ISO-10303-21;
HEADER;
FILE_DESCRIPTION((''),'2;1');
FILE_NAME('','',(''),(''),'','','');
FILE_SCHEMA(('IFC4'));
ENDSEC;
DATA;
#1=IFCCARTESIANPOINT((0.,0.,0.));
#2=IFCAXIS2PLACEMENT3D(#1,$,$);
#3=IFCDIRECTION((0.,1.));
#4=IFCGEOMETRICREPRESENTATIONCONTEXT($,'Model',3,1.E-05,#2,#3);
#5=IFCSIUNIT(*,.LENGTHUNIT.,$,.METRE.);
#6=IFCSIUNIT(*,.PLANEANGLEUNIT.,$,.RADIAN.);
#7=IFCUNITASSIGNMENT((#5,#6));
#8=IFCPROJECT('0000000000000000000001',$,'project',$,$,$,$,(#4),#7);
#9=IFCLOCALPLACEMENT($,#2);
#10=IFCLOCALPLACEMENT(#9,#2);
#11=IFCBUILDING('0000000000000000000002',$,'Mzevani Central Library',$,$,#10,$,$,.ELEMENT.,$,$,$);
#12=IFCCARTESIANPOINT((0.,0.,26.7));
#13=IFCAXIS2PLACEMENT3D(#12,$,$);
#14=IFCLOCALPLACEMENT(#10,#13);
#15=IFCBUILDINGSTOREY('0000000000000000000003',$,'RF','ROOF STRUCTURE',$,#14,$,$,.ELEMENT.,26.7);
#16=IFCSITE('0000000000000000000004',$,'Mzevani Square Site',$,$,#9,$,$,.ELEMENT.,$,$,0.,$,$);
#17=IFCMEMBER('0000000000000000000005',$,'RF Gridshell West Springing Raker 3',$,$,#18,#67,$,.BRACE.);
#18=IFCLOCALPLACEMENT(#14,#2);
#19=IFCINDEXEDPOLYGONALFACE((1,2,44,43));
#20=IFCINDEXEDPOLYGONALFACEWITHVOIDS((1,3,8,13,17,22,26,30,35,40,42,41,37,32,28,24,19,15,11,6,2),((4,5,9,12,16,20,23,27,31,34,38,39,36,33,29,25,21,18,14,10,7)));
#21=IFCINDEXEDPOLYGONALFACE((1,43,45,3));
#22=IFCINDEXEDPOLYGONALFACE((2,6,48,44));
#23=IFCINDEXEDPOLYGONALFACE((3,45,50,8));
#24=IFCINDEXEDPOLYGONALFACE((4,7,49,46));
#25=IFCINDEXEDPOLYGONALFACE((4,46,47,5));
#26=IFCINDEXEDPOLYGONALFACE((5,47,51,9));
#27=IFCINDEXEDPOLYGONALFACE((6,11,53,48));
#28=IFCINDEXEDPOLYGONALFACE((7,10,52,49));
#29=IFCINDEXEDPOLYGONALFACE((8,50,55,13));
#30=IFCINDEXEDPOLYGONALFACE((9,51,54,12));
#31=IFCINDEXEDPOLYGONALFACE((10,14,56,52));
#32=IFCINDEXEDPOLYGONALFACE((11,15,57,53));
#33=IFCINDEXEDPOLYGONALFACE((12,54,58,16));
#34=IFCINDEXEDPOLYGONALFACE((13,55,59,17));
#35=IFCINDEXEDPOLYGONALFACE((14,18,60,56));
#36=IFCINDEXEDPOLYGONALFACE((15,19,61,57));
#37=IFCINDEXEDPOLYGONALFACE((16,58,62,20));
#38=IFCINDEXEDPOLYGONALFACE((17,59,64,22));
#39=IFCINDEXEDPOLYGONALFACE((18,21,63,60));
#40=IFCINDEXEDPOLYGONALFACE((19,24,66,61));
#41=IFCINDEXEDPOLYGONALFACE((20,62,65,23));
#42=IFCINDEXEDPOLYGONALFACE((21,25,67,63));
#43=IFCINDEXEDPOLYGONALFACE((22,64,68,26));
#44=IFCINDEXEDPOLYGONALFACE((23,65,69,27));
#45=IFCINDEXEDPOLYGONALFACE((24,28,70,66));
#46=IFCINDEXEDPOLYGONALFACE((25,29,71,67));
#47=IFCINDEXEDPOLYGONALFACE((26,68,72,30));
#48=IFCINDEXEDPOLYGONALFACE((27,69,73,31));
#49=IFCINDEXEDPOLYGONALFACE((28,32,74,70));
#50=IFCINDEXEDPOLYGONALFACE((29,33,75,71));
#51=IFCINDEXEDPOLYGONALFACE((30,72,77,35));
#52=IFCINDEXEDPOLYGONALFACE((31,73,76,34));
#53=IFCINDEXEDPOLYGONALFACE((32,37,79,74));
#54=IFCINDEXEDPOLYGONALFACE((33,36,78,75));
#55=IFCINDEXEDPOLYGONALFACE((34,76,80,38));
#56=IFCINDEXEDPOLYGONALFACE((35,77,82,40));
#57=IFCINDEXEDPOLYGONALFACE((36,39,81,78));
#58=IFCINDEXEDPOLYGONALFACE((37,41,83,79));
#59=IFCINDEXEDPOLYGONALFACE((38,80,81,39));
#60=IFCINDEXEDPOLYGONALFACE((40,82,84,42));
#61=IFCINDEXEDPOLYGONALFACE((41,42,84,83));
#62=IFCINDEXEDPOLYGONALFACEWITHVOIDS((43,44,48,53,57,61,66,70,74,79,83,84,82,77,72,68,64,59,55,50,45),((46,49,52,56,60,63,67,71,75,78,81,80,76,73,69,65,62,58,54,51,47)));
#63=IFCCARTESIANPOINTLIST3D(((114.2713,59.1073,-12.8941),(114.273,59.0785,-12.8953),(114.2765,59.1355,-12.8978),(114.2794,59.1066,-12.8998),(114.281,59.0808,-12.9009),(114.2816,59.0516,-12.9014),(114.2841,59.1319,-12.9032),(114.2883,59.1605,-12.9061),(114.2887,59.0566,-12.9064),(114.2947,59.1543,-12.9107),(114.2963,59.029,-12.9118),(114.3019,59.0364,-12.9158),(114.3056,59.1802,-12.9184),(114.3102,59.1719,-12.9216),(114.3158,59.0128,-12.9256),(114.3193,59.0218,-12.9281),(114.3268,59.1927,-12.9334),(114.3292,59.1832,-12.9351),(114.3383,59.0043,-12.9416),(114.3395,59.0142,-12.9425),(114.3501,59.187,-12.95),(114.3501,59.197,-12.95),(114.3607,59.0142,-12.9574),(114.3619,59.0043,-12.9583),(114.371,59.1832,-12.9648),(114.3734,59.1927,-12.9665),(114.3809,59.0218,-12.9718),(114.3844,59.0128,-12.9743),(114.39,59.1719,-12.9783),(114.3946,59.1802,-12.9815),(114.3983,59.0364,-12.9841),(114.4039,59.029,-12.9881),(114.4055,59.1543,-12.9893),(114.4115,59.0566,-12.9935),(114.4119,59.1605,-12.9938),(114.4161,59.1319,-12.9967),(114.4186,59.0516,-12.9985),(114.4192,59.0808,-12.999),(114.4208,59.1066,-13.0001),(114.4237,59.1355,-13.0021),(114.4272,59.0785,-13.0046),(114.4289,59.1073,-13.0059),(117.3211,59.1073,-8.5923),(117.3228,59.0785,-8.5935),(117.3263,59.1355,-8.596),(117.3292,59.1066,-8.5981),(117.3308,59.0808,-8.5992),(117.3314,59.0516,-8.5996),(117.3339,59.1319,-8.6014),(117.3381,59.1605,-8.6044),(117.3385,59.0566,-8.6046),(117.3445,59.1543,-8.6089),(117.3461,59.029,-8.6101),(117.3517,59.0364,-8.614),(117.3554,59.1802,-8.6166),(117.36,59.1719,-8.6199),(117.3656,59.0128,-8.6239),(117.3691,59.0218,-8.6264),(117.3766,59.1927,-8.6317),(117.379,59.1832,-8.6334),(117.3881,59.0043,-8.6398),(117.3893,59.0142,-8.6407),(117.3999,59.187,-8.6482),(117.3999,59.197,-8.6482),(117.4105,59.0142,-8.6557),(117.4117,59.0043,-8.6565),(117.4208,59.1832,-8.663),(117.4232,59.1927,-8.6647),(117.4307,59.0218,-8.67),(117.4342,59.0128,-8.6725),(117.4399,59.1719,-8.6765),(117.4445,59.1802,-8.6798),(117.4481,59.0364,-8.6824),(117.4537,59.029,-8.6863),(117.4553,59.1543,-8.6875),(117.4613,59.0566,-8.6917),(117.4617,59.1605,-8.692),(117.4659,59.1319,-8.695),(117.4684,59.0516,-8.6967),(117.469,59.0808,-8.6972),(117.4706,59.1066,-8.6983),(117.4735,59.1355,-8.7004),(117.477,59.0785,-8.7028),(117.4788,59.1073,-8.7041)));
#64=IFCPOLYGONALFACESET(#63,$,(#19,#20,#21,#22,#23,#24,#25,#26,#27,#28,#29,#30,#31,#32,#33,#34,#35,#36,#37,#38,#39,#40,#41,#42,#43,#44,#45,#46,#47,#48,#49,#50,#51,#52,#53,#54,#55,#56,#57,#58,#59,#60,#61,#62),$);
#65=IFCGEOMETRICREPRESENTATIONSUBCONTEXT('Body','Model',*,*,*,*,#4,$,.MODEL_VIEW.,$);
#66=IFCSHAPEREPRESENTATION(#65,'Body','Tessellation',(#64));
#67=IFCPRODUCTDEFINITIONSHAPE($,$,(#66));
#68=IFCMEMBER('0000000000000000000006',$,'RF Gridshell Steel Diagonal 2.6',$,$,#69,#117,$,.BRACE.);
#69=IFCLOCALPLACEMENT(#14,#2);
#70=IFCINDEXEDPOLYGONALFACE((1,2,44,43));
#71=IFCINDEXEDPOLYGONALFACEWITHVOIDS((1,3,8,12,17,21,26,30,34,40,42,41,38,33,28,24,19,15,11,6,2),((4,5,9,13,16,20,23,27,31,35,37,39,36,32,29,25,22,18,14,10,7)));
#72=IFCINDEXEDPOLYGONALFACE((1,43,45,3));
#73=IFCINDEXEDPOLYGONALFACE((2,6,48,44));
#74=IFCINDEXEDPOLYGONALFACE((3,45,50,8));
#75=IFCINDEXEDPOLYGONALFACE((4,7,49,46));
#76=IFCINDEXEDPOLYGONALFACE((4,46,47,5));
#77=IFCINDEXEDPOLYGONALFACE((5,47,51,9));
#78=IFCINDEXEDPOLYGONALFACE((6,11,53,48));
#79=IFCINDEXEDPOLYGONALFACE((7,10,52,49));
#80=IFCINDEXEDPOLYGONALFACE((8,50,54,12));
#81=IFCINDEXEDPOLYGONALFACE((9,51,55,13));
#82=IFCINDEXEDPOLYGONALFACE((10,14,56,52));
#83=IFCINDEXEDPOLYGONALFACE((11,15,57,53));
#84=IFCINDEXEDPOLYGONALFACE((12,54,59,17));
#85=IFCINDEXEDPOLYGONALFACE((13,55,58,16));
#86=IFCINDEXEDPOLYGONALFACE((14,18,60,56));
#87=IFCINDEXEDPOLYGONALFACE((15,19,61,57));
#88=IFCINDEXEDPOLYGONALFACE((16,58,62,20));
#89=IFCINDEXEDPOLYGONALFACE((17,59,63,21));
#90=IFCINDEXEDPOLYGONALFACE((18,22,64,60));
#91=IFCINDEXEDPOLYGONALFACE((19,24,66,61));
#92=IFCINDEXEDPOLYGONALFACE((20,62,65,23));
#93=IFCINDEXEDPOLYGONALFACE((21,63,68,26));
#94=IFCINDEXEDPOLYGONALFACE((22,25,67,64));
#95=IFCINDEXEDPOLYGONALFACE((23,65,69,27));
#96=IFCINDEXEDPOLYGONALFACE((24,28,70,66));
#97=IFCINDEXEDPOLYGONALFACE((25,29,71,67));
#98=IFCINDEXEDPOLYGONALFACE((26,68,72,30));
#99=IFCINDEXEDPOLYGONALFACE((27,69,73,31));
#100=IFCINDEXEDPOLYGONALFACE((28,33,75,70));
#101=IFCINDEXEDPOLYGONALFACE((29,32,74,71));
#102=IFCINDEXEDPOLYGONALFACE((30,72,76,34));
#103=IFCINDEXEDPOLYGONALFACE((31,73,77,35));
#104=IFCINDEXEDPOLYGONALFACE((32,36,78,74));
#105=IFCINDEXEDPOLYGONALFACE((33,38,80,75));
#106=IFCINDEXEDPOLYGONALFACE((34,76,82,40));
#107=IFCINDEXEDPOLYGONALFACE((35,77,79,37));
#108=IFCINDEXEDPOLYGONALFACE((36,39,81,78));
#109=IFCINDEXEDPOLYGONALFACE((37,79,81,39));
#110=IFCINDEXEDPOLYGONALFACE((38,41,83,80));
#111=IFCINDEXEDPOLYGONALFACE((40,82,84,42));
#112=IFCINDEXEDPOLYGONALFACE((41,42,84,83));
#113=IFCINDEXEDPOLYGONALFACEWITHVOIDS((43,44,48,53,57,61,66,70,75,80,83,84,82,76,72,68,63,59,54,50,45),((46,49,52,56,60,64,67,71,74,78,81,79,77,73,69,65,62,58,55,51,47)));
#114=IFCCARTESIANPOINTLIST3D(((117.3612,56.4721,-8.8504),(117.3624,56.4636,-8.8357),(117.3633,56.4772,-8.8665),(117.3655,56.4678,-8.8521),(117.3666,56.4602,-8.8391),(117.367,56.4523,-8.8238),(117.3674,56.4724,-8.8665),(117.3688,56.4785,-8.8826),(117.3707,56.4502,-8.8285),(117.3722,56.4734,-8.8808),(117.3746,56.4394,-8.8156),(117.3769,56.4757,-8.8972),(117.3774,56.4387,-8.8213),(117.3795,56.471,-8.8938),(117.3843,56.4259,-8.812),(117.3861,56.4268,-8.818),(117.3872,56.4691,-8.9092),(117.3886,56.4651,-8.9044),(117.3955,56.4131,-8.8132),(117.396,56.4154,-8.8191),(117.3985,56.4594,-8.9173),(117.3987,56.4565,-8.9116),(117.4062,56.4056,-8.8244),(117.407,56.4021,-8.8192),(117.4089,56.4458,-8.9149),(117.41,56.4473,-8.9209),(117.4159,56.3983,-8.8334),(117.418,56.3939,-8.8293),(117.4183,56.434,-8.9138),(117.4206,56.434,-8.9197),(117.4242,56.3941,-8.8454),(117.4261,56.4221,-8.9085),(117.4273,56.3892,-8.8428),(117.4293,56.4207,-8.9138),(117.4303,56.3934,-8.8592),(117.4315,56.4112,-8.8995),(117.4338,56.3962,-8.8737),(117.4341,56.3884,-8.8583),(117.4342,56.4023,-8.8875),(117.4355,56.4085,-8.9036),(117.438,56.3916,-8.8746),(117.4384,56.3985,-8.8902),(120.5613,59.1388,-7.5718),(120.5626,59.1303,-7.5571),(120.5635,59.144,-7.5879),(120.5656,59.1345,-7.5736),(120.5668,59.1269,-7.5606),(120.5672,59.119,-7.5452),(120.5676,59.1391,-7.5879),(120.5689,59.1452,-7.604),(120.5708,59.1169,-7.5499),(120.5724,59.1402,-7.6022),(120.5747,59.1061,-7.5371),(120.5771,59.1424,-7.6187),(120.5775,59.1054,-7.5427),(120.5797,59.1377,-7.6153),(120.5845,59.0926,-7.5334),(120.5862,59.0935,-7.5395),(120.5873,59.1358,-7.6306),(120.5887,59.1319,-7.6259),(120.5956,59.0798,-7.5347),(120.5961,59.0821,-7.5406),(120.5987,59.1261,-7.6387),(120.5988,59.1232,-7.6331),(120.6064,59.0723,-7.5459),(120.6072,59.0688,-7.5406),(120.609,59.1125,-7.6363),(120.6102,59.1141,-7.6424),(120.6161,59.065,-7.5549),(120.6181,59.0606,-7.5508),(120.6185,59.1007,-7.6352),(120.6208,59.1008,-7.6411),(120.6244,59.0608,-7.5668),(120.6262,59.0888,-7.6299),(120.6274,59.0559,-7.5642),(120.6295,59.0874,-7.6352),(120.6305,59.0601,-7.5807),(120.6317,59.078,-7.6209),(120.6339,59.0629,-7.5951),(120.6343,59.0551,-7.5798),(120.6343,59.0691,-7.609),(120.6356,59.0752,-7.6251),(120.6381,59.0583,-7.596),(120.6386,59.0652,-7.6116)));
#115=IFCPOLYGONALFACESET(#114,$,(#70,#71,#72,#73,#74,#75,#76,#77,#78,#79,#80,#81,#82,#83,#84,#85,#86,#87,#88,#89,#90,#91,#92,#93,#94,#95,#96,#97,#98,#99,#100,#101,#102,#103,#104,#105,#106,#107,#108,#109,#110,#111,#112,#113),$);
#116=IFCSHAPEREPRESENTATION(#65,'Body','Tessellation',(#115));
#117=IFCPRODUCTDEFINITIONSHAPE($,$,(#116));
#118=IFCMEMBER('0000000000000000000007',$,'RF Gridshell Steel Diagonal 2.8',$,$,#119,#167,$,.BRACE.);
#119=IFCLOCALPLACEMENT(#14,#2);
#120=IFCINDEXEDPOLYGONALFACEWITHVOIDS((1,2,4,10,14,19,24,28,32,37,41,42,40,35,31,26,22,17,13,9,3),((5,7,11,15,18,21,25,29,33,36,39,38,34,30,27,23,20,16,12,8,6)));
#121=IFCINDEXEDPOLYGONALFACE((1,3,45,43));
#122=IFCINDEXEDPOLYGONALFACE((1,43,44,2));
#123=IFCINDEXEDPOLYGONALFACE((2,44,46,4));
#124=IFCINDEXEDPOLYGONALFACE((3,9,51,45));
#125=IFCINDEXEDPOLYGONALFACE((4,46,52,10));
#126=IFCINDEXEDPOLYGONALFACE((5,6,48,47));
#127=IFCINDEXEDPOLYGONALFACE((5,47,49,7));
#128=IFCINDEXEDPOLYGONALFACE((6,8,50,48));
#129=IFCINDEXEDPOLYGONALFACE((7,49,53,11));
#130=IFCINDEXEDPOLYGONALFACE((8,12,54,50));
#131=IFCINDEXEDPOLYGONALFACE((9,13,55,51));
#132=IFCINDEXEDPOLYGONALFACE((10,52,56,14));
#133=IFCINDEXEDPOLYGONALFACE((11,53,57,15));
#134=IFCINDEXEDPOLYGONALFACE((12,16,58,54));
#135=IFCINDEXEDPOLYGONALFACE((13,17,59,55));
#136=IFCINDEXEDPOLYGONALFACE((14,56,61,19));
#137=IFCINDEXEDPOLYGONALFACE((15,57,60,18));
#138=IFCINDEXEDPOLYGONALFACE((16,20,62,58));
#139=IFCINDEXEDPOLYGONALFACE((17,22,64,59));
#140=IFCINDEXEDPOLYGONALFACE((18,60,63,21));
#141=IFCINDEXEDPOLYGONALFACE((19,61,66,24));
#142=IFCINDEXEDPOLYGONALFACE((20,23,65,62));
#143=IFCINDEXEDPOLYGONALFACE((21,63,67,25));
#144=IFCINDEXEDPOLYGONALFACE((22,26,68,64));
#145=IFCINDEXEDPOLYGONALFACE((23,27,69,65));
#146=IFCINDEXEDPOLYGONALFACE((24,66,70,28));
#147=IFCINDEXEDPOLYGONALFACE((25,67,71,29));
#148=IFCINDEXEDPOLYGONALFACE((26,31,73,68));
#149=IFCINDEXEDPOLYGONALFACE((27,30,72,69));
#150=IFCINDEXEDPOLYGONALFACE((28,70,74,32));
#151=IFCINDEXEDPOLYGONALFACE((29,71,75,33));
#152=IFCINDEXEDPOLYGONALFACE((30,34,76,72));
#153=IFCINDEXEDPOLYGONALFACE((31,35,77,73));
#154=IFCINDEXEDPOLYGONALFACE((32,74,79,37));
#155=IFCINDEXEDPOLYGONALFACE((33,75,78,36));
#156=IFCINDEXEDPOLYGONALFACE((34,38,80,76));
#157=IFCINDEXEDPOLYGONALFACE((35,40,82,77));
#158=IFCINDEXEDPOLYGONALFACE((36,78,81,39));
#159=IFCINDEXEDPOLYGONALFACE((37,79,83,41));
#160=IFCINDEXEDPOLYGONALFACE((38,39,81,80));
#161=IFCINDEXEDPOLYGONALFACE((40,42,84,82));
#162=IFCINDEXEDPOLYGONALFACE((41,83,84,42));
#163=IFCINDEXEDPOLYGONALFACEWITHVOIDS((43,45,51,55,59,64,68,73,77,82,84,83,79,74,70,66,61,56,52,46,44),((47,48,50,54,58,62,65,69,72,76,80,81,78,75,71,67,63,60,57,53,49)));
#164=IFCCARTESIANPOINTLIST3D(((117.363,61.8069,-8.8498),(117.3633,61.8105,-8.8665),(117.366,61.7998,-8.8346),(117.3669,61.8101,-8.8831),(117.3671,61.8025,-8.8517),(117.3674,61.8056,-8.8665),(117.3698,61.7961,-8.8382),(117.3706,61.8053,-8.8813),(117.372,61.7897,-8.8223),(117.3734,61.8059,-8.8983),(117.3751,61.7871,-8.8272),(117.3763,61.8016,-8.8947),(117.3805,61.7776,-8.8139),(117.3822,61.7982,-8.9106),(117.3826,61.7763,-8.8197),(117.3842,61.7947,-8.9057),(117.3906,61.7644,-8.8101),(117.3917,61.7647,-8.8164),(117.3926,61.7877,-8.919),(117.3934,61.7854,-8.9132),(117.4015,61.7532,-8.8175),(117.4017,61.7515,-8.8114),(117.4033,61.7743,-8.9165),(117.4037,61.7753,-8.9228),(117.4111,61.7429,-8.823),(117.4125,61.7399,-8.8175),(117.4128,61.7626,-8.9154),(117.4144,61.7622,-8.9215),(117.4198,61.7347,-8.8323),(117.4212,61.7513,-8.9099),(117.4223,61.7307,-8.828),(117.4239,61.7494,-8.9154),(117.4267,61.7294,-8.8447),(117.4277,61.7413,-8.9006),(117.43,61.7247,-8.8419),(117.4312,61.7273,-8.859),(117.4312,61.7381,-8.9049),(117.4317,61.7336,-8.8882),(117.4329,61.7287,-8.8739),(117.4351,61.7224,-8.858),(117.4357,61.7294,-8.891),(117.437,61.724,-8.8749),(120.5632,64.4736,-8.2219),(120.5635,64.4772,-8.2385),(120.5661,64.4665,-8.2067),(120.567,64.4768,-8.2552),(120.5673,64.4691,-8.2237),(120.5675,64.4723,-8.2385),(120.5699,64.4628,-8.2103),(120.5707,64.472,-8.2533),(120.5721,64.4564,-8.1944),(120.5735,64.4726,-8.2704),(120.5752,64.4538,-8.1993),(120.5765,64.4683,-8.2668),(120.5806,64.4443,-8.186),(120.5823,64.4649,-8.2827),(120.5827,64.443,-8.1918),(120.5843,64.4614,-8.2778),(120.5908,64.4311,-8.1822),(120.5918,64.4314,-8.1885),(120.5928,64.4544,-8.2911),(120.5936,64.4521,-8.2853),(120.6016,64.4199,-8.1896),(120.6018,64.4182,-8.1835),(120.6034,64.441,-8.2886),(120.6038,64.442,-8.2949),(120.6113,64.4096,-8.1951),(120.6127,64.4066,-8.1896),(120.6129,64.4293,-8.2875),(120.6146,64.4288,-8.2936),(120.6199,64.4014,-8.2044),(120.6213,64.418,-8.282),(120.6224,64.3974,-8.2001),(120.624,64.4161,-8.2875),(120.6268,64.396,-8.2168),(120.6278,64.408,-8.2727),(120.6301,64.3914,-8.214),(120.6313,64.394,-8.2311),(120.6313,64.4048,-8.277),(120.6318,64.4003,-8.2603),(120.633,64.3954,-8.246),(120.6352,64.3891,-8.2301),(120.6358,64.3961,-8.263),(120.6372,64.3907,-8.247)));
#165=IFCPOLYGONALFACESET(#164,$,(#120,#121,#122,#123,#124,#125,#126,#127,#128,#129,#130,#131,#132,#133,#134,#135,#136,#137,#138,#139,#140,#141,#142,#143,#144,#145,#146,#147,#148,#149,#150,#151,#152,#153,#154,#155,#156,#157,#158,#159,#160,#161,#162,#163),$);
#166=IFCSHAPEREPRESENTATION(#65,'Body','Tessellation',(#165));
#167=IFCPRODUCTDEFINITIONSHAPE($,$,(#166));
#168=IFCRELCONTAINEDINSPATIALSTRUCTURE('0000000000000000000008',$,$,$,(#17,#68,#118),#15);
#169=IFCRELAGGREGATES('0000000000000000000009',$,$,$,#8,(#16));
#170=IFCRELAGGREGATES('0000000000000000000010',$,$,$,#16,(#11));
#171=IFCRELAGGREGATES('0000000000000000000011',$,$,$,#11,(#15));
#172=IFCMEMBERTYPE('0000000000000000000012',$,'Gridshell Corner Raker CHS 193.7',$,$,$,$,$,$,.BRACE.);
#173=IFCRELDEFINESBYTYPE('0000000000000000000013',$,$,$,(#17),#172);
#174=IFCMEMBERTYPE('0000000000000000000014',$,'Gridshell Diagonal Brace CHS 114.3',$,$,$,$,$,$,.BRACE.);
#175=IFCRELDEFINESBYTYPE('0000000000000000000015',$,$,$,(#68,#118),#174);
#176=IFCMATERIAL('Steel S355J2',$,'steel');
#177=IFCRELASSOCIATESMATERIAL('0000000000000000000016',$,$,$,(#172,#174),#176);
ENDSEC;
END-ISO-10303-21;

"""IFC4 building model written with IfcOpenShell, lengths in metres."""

from ifc_helpers import new_model, si_unit, direction, frame, origin, origin_2d, place, context, subcontext, project, spatial, hollow_circle, extrude, material, material_profile, profile_set, type_object, element, save


model = new_model("IFC4")

# Units and contexts
model_context = context("Model", 3, precision=1e-05, world=origin(), true_north=direction((0.0, 1.0)))
body_context = subcontext(model_context, "Body", "Model", "MODEL_VIEW")
ifc_project = project(units=[si_unit("LENGTHUNIT", "METRE"), si_unit("PLANEANGLEUNIT", "RADIAN")], contexts=[model_context])

# Site, building, storey
site_placement = place(None, origin())
site = spatial("IfcSite", under=ifc_project, at=site_placement, Name="Mzevani Square Site", CompositionType="ELEMENT", RefElevation=0.0)
building_placement = place(site_placement, origin())
building = spatial("IfcBuilding", under=site, at=building_placement, Name="Mzevani Central Library", CompositionType="ELEMENT")
storey_placement = place(building_placement, frame((0.0, 0.0, 26.7)))
storey = spatial("IfcBuildingStorey", under=building, at=storey_placement, Name="RF", Description="ROOF STRUCTURE", CompositionType="ELEMENT", Elevation=26.7)

# Members
ifc_material_1 = material(Name="Steel S355J2", Category="steel")
ifc_material_profile_1 = material_profile(ifc_material_1, hollow_circle(Radius=0.0969, WallThickness=0.01, at=origin_2d()), Name="CHS 193.7x10.0")
ifc_profile_set_1 = profile_set([ifc_material_profile_1], Name="Steel S355J2")
member_type_1 = type_object("IfcMemberType", Name="Gridshell Corner Raker CHS 193.7", PredefinedType="BRACE", material=ifc_profile_set_1)
member_1_placement = place(storey_placement, frame((114.3501, 59.1001, -12.95), z_axis=(0.578362, 0.0, 0.815781), x_axis=(0.0, 1.0, 0.0)))
element("IfcMember", 1, at=member_1_placement, inside=storey, type_object=member_type_1, Name="RF Gridshell West Springing Raker 3", PredefinedType="BRACE", context=body_context, shape_type="SweptSolid", body=[
    extrude(hollow_circle(Radius=0.0969, WallThickness=0.01, at=origin_2d()), origin(), (0.0, 0.0, 1.0), 5.2732),
])
ifc_material_profile_2 = material_profile(ifc_material_1, hollow_circle(Radius=0.0571, WallThickness=0.0063, at=origin_2d()), Name="CHS 114.3x6.3")
ifc_profile_set_2 = profile_set([ifc_material_profile_2], Name="Steel S355J2")
member_type_2 = type_object("IfcMemberType", Name="Gridshell Diagonal Brace CHS 114.3", PredefinedType="BRACE", material=ifc_profile_set_2)
member_2_placement = place(storey_placement, frame((117.3999, 56.4333, -8.8665), z_axis=(0.734416, 0.611995, 0.293419), x_axis=(-0.640173, 0.768231, 0.0)))
element("IfcMember", 2, at=member_2_placement, inside=storey, type_object=member_type_2, Name="RF Gridshell Steel Diagonal 2.6", PredefinedType="BRACE", context=body_context, shape_type="SweptSolid", body=[
    extrude(hollow_circle(Radius=0.0571, WallThickness=0.0063, at=origin_2d()), origin(), (0.0, 0.0, 1.0), 4.3574),
])
member_3_placement = place(storey_placement, frame((117.3999, 61.7666, -8.8665), z_axis=(0.759649, 0.633021, 0.149055), x_axis=(-0.640173, 0.768231, 0.0)))
element("IfcMember", 3, at=member_3_placement, inside=storey, type_object=member_type_2, Name="RF Gridshell Steel Diagonal 2.8", PredefinedType="BRACE", context=body_context, shape_type="SweptSolid", body=[
    extrude(hollow_circle(Radius=0.0571, WallThickness=0.0063, at=origin_2d()), origin(), (0.0, 0.0, 1.0), 4.2126),
])

save(model, "model.ifc")
